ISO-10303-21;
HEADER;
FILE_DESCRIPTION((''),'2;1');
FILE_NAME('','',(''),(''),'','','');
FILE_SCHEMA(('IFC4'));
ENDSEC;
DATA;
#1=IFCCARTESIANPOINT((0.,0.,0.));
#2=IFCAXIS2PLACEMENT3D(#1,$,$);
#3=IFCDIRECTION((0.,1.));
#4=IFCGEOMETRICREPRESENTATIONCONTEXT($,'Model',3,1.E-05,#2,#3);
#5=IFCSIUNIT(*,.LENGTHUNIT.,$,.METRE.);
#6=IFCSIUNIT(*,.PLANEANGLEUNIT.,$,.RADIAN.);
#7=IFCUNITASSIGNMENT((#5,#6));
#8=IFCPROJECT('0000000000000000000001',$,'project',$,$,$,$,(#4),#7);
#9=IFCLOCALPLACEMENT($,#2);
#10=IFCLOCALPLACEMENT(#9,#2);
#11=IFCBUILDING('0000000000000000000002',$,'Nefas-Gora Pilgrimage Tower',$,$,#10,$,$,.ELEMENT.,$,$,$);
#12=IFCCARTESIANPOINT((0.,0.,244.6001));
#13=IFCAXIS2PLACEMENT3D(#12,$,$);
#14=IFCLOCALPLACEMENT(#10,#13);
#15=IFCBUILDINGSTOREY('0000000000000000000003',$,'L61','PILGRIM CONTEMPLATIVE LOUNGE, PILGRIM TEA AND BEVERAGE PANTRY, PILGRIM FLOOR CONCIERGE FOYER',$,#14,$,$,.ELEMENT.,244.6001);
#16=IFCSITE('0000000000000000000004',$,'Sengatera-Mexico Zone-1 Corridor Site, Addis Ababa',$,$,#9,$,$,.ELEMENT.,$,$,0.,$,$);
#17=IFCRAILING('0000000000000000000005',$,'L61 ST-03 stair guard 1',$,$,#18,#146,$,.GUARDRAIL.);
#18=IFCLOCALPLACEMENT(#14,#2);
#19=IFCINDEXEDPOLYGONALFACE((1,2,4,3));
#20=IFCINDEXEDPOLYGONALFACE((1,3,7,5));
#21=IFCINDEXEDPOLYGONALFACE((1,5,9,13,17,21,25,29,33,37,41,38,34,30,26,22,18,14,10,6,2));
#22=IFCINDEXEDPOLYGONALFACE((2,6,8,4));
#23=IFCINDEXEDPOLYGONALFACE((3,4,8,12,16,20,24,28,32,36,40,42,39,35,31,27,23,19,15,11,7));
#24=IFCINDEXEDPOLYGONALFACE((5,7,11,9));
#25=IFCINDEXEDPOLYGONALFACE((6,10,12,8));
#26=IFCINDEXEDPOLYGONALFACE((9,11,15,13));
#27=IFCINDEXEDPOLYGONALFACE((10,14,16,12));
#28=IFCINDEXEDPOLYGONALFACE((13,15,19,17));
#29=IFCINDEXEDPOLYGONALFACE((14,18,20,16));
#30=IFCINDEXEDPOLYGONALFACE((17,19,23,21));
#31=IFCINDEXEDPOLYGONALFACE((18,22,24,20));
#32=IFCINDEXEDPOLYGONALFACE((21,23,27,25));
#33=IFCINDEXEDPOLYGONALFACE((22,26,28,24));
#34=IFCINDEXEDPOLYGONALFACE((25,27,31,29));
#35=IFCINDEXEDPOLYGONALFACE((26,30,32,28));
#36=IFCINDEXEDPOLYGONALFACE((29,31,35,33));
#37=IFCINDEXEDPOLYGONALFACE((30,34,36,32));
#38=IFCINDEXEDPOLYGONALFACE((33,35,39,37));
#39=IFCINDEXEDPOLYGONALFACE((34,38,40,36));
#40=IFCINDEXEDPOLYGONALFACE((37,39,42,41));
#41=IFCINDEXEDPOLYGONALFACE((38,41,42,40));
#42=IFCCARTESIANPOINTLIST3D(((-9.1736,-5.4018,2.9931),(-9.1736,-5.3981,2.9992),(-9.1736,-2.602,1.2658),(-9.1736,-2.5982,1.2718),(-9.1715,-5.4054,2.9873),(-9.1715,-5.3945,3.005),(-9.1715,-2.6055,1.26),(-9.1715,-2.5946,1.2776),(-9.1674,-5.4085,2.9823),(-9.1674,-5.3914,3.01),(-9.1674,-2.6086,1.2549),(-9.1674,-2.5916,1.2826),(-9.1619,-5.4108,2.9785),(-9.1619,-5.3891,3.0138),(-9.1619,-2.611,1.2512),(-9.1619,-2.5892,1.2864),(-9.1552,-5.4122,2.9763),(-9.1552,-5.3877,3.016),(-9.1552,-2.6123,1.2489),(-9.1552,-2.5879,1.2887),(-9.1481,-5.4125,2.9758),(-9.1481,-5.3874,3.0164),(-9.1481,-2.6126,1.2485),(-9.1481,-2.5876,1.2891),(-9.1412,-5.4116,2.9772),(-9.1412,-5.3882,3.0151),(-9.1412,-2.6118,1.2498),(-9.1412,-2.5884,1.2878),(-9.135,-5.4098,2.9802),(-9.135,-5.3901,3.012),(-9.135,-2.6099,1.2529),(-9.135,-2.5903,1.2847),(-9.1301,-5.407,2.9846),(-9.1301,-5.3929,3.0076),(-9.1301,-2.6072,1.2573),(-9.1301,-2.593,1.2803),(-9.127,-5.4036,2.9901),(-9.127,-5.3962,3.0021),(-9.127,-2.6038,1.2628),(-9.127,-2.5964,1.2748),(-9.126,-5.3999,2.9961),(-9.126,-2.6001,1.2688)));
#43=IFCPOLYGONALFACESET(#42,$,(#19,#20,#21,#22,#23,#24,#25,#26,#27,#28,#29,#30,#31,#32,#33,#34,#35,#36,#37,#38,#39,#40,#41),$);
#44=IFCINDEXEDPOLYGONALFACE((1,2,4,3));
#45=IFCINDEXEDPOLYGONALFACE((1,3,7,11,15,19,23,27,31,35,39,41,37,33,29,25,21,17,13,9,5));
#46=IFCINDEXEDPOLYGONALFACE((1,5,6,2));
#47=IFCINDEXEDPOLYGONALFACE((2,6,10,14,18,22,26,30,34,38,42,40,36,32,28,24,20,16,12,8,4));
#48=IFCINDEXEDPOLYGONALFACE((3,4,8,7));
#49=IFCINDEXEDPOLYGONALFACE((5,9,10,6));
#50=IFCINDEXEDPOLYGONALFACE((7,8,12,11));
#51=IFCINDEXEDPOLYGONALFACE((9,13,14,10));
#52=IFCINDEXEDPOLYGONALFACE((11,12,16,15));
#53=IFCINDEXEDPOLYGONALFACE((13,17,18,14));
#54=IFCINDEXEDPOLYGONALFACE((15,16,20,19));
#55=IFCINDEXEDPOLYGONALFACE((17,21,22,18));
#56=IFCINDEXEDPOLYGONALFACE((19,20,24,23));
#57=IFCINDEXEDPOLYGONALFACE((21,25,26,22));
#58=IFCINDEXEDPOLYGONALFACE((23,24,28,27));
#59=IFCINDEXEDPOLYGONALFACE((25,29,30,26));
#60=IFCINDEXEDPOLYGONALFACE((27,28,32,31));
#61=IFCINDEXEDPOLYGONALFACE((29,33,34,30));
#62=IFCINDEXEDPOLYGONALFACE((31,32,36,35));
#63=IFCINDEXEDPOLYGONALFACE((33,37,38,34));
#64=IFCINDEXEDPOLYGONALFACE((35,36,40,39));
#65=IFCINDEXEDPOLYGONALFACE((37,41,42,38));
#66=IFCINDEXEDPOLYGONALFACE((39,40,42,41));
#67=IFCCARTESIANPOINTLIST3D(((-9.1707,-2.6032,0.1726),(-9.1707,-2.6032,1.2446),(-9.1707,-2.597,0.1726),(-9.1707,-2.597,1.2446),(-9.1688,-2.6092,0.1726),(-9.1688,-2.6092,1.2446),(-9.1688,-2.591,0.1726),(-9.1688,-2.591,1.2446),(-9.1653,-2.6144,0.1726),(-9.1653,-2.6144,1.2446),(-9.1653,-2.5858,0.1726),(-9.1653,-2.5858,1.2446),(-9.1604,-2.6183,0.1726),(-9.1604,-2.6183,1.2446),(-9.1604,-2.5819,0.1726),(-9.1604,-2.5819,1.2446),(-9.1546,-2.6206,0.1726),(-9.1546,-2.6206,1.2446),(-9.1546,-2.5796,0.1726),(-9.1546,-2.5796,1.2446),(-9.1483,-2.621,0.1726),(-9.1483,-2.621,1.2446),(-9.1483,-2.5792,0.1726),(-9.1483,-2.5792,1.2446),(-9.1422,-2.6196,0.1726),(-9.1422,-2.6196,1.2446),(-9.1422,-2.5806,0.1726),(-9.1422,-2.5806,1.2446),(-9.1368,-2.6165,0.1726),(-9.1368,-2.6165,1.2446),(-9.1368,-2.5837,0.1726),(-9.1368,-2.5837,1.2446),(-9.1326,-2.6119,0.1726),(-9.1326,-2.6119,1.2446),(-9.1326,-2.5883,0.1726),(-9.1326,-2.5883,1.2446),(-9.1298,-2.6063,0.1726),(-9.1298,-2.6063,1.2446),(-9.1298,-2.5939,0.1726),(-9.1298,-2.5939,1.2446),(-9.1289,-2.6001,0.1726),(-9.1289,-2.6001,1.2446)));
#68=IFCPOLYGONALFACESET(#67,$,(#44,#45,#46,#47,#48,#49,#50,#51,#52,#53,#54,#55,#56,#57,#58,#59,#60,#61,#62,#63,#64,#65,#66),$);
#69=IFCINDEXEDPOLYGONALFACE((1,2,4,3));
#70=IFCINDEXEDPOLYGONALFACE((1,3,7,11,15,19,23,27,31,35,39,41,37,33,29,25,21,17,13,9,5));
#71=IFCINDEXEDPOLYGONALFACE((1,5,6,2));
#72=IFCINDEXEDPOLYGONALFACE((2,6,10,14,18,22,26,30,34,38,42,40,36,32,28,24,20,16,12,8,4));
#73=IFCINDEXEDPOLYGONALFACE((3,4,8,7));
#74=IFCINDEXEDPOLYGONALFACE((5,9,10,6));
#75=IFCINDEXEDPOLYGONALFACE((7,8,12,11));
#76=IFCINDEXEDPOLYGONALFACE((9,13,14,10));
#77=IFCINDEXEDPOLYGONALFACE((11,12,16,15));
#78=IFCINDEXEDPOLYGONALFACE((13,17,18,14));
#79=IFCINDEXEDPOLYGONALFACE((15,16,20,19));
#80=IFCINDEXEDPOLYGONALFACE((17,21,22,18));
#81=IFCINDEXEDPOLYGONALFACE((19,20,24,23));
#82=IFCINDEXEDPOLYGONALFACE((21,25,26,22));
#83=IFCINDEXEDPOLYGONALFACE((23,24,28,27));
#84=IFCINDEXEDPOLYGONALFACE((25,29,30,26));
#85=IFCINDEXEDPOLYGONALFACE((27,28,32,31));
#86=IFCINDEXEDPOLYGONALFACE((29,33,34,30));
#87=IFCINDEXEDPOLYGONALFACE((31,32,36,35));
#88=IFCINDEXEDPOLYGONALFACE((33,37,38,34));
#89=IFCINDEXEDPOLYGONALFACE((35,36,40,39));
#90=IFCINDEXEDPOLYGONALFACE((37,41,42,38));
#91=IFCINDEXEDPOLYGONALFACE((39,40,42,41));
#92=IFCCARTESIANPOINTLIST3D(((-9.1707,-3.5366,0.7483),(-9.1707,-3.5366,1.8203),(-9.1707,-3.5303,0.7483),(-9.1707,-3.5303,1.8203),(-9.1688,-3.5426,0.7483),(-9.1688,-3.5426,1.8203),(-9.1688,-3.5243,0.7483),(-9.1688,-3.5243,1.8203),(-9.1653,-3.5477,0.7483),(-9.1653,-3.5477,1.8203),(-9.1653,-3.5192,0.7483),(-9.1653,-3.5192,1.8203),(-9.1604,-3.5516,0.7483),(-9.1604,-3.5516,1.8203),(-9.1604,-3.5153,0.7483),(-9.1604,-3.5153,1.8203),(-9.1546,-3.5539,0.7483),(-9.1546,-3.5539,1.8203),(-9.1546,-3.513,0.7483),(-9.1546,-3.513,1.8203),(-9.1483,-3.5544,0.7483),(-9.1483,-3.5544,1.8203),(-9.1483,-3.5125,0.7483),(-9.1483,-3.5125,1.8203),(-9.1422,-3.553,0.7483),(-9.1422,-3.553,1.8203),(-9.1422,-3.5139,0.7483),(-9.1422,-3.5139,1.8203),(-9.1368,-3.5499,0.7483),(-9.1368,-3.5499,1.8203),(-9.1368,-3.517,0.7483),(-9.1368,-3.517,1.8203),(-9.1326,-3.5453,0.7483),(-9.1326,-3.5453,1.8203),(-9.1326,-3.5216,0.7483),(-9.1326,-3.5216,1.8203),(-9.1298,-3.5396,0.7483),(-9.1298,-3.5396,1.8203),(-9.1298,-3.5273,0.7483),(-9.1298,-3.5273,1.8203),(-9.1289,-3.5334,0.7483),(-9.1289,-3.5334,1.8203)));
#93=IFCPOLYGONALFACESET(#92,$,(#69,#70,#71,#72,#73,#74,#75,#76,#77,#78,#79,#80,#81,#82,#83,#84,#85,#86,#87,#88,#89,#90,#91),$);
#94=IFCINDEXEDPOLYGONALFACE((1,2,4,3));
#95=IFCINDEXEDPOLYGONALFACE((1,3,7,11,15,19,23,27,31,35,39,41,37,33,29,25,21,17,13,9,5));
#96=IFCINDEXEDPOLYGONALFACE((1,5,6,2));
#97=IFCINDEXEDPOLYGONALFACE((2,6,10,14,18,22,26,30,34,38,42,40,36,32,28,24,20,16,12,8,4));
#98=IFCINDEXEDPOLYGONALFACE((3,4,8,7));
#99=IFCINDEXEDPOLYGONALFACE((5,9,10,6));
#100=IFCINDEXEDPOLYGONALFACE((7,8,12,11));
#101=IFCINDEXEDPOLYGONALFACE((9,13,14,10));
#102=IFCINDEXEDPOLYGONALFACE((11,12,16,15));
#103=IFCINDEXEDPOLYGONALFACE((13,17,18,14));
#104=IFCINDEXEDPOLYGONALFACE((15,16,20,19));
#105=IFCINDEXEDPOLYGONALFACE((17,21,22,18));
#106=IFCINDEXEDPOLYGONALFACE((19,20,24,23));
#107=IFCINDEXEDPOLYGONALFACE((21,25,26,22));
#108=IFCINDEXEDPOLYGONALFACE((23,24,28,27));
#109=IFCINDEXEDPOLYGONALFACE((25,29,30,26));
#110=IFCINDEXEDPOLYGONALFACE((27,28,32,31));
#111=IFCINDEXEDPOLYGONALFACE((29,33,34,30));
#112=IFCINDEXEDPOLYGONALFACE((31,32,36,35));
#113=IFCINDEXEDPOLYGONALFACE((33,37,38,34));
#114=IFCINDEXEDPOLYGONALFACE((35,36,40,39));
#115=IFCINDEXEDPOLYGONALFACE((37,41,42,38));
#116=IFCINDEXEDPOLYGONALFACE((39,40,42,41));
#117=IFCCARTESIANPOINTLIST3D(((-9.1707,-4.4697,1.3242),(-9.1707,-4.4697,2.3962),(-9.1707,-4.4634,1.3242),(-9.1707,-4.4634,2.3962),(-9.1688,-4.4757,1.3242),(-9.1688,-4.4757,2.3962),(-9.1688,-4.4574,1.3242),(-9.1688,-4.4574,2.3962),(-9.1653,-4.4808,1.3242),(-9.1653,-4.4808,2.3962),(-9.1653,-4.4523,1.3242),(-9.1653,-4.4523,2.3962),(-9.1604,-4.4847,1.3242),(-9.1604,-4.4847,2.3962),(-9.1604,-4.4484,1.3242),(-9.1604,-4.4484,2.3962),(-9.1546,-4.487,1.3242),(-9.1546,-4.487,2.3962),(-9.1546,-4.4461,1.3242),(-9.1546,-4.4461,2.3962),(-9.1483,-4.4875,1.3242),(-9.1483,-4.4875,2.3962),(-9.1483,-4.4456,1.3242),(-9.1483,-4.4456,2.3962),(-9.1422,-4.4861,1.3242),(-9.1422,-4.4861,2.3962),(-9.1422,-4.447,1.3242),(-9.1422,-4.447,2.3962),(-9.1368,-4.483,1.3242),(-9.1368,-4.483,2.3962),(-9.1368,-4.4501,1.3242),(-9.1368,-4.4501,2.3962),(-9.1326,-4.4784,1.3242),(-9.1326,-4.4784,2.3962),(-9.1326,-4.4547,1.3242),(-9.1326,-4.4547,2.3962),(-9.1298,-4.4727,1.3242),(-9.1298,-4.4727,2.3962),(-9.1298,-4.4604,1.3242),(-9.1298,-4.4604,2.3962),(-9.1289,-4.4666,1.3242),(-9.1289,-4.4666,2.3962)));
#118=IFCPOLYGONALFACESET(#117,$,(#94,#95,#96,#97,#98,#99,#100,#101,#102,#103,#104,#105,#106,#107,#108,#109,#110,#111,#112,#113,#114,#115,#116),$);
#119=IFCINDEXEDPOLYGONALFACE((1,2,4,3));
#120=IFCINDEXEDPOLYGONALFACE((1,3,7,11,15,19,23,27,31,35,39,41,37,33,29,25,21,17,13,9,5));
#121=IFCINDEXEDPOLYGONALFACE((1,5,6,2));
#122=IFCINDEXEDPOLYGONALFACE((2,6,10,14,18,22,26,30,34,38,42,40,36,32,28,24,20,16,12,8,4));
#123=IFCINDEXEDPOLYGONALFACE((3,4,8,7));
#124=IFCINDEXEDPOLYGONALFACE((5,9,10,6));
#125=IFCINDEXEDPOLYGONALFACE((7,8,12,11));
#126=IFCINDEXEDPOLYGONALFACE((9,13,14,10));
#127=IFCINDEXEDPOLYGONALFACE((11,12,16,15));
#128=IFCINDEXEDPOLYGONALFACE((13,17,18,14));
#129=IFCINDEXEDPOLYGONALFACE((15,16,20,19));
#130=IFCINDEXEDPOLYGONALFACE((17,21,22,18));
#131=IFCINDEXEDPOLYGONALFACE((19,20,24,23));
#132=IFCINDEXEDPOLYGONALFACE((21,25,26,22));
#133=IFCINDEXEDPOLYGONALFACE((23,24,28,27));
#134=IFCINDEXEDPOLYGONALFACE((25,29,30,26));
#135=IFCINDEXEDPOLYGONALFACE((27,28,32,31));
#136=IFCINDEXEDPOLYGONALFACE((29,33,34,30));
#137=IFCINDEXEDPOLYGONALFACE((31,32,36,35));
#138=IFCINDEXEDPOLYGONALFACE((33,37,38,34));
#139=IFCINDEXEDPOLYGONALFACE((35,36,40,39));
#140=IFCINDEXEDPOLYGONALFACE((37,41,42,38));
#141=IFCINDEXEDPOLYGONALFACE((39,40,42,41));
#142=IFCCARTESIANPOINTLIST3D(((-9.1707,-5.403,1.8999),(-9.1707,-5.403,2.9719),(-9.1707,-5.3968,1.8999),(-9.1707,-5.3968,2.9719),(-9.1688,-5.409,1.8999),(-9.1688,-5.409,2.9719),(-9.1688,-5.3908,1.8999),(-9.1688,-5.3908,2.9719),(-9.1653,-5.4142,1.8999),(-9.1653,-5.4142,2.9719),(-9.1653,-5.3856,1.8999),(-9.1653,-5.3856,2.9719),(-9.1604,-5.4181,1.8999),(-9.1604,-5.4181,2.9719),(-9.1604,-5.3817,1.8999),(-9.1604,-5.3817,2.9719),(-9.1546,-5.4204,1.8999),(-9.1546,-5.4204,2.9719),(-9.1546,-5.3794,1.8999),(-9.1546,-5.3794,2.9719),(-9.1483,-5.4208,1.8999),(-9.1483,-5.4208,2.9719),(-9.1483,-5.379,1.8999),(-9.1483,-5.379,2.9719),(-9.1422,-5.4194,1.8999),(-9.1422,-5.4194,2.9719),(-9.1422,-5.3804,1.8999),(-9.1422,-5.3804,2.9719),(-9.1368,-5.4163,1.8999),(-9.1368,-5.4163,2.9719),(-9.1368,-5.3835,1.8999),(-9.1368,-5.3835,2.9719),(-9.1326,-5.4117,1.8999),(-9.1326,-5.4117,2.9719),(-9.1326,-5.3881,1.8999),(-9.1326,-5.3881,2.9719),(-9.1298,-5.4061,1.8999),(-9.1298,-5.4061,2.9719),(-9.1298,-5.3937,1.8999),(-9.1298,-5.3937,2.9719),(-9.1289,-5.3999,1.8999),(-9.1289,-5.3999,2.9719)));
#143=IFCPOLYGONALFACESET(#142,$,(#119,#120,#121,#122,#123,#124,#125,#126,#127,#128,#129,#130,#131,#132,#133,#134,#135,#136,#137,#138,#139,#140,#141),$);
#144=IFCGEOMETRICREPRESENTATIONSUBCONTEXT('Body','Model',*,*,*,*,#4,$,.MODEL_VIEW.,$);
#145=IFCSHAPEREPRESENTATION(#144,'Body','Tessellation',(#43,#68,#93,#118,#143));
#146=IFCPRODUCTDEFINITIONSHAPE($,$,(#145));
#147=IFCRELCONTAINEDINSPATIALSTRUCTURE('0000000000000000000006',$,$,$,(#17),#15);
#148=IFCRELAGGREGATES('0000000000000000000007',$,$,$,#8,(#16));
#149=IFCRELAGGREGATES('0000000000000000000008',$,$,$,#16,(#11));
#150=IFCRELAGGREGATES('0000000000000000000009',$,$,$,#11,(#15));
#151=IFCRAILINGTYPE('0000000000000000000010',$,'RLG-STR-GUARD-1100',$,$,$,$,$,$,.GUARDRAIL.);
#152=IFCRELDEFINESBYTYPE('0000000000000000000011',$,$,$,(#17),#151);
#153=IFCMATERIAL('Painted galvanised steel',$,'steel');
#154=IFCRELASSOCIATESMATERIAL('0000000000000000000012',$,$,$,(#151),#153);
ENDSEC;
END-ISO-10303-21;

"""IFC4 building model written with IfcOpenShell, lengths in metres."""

from ifc_helpers import new_model, si_unit, direction, frame, origin, origin_2d, place, context, subcontext, project, spatial, circle, extrude, material, type_object, element, save


model = new_model("IFC4")

# Units and contexts
model_context = context("Model", 3, precision=1e-05, world=origin(), true_north=direction((0.0, 1.0)))
body_context = subcontext(model_context, "Body", "Model", "MODEL_VIEW")
ifc_project = project(units=[si_unit("LENGTHUNIT", "METRE"), si_unit("PLANEANGLEUNIT", "RADIAN")], contexts=[model_context])

# Site, building, storey
site_placement = place(None, origin())
site = spatial("IfcSite", under=ifc_project, at=site_placement, Name="Sengatera-Mexico Zone-1 Corridor Site, Addis Ababa", CompositionType="ELEMENT", RefElevation=0.0)
building_placement = place(site_placement, origin())
building = spatial("IfcBuilding", under=site, at=building_placement, Name="Nefas-Gora Pilgrimage Tower", CompositionType="ELEMENT")
storey_placement = place(building_placement, frame((0.0, 0.0, 244.6001)))
storey = spatial("IfcBuildingStorey", under=building, at=storey_placement, Name="L61", Description="PILGRIM CONTEMPLATIVE LOUNGE, PILGRIM TEA AND BEVERAGE PANTRY, PILGRIM FLOOR CONCIERGE FOYER", CompositionType="ELEMENT", Elevation=244.6001)

# Railing
ifc_material_1 = material(Name="Painted galvanised steel", Category="steel")
railing_type_1 = type_object("IfcRailingType", Name="RLG-STR-GUARD-1100", PredefinedType="GUARDRAIL", material=ifc_material_1)
railing_1_placement = place(storey_placement, frame((-9.1499, -2.6001, 0.1726)))
element("IfcRailing", 1, at=railing_1_placement, inside=storey, type_object=railing_type_1, Name="L61 ST-03 stair guard 1", PredefinedType="GUARDRAIL", context=body_context, shape_type="SweptSolid", body=[
    extrude(circle(Radius=0.0239, at=origin_2d()), frame((0.0, 0.0, 1.0962), z_axis=(0.0, -0.851069, 0.525054), x_axis=(1.0, 0.0, 0.0)), (0.0, 0.0, 1.0), 3.2898),
    extrude(circle(Radius=0.021, at=origin_2d()), origin(), (0.0, 0.0, 1.0), 1.072),
    extrude(circle(Radius=0.021, at=origin_2d()), frame((0.0, -0.9333, 0.5757)), (0.0, 0.0, 1.0), 1.072),
    extrude(circle(Radius=0.021, at=origin_2d()), frame((0.0, -1.8665, 1.1516)), (0.0, 0.0, 1.0), 1.072),
    extrude(circle(Radius=0.021, at=origin_2d()), frame((0.0, -2.7998, 1.7273)), (0.0, 0.0, 1.0), 1.072),
])

save(model, "model.ifc")
